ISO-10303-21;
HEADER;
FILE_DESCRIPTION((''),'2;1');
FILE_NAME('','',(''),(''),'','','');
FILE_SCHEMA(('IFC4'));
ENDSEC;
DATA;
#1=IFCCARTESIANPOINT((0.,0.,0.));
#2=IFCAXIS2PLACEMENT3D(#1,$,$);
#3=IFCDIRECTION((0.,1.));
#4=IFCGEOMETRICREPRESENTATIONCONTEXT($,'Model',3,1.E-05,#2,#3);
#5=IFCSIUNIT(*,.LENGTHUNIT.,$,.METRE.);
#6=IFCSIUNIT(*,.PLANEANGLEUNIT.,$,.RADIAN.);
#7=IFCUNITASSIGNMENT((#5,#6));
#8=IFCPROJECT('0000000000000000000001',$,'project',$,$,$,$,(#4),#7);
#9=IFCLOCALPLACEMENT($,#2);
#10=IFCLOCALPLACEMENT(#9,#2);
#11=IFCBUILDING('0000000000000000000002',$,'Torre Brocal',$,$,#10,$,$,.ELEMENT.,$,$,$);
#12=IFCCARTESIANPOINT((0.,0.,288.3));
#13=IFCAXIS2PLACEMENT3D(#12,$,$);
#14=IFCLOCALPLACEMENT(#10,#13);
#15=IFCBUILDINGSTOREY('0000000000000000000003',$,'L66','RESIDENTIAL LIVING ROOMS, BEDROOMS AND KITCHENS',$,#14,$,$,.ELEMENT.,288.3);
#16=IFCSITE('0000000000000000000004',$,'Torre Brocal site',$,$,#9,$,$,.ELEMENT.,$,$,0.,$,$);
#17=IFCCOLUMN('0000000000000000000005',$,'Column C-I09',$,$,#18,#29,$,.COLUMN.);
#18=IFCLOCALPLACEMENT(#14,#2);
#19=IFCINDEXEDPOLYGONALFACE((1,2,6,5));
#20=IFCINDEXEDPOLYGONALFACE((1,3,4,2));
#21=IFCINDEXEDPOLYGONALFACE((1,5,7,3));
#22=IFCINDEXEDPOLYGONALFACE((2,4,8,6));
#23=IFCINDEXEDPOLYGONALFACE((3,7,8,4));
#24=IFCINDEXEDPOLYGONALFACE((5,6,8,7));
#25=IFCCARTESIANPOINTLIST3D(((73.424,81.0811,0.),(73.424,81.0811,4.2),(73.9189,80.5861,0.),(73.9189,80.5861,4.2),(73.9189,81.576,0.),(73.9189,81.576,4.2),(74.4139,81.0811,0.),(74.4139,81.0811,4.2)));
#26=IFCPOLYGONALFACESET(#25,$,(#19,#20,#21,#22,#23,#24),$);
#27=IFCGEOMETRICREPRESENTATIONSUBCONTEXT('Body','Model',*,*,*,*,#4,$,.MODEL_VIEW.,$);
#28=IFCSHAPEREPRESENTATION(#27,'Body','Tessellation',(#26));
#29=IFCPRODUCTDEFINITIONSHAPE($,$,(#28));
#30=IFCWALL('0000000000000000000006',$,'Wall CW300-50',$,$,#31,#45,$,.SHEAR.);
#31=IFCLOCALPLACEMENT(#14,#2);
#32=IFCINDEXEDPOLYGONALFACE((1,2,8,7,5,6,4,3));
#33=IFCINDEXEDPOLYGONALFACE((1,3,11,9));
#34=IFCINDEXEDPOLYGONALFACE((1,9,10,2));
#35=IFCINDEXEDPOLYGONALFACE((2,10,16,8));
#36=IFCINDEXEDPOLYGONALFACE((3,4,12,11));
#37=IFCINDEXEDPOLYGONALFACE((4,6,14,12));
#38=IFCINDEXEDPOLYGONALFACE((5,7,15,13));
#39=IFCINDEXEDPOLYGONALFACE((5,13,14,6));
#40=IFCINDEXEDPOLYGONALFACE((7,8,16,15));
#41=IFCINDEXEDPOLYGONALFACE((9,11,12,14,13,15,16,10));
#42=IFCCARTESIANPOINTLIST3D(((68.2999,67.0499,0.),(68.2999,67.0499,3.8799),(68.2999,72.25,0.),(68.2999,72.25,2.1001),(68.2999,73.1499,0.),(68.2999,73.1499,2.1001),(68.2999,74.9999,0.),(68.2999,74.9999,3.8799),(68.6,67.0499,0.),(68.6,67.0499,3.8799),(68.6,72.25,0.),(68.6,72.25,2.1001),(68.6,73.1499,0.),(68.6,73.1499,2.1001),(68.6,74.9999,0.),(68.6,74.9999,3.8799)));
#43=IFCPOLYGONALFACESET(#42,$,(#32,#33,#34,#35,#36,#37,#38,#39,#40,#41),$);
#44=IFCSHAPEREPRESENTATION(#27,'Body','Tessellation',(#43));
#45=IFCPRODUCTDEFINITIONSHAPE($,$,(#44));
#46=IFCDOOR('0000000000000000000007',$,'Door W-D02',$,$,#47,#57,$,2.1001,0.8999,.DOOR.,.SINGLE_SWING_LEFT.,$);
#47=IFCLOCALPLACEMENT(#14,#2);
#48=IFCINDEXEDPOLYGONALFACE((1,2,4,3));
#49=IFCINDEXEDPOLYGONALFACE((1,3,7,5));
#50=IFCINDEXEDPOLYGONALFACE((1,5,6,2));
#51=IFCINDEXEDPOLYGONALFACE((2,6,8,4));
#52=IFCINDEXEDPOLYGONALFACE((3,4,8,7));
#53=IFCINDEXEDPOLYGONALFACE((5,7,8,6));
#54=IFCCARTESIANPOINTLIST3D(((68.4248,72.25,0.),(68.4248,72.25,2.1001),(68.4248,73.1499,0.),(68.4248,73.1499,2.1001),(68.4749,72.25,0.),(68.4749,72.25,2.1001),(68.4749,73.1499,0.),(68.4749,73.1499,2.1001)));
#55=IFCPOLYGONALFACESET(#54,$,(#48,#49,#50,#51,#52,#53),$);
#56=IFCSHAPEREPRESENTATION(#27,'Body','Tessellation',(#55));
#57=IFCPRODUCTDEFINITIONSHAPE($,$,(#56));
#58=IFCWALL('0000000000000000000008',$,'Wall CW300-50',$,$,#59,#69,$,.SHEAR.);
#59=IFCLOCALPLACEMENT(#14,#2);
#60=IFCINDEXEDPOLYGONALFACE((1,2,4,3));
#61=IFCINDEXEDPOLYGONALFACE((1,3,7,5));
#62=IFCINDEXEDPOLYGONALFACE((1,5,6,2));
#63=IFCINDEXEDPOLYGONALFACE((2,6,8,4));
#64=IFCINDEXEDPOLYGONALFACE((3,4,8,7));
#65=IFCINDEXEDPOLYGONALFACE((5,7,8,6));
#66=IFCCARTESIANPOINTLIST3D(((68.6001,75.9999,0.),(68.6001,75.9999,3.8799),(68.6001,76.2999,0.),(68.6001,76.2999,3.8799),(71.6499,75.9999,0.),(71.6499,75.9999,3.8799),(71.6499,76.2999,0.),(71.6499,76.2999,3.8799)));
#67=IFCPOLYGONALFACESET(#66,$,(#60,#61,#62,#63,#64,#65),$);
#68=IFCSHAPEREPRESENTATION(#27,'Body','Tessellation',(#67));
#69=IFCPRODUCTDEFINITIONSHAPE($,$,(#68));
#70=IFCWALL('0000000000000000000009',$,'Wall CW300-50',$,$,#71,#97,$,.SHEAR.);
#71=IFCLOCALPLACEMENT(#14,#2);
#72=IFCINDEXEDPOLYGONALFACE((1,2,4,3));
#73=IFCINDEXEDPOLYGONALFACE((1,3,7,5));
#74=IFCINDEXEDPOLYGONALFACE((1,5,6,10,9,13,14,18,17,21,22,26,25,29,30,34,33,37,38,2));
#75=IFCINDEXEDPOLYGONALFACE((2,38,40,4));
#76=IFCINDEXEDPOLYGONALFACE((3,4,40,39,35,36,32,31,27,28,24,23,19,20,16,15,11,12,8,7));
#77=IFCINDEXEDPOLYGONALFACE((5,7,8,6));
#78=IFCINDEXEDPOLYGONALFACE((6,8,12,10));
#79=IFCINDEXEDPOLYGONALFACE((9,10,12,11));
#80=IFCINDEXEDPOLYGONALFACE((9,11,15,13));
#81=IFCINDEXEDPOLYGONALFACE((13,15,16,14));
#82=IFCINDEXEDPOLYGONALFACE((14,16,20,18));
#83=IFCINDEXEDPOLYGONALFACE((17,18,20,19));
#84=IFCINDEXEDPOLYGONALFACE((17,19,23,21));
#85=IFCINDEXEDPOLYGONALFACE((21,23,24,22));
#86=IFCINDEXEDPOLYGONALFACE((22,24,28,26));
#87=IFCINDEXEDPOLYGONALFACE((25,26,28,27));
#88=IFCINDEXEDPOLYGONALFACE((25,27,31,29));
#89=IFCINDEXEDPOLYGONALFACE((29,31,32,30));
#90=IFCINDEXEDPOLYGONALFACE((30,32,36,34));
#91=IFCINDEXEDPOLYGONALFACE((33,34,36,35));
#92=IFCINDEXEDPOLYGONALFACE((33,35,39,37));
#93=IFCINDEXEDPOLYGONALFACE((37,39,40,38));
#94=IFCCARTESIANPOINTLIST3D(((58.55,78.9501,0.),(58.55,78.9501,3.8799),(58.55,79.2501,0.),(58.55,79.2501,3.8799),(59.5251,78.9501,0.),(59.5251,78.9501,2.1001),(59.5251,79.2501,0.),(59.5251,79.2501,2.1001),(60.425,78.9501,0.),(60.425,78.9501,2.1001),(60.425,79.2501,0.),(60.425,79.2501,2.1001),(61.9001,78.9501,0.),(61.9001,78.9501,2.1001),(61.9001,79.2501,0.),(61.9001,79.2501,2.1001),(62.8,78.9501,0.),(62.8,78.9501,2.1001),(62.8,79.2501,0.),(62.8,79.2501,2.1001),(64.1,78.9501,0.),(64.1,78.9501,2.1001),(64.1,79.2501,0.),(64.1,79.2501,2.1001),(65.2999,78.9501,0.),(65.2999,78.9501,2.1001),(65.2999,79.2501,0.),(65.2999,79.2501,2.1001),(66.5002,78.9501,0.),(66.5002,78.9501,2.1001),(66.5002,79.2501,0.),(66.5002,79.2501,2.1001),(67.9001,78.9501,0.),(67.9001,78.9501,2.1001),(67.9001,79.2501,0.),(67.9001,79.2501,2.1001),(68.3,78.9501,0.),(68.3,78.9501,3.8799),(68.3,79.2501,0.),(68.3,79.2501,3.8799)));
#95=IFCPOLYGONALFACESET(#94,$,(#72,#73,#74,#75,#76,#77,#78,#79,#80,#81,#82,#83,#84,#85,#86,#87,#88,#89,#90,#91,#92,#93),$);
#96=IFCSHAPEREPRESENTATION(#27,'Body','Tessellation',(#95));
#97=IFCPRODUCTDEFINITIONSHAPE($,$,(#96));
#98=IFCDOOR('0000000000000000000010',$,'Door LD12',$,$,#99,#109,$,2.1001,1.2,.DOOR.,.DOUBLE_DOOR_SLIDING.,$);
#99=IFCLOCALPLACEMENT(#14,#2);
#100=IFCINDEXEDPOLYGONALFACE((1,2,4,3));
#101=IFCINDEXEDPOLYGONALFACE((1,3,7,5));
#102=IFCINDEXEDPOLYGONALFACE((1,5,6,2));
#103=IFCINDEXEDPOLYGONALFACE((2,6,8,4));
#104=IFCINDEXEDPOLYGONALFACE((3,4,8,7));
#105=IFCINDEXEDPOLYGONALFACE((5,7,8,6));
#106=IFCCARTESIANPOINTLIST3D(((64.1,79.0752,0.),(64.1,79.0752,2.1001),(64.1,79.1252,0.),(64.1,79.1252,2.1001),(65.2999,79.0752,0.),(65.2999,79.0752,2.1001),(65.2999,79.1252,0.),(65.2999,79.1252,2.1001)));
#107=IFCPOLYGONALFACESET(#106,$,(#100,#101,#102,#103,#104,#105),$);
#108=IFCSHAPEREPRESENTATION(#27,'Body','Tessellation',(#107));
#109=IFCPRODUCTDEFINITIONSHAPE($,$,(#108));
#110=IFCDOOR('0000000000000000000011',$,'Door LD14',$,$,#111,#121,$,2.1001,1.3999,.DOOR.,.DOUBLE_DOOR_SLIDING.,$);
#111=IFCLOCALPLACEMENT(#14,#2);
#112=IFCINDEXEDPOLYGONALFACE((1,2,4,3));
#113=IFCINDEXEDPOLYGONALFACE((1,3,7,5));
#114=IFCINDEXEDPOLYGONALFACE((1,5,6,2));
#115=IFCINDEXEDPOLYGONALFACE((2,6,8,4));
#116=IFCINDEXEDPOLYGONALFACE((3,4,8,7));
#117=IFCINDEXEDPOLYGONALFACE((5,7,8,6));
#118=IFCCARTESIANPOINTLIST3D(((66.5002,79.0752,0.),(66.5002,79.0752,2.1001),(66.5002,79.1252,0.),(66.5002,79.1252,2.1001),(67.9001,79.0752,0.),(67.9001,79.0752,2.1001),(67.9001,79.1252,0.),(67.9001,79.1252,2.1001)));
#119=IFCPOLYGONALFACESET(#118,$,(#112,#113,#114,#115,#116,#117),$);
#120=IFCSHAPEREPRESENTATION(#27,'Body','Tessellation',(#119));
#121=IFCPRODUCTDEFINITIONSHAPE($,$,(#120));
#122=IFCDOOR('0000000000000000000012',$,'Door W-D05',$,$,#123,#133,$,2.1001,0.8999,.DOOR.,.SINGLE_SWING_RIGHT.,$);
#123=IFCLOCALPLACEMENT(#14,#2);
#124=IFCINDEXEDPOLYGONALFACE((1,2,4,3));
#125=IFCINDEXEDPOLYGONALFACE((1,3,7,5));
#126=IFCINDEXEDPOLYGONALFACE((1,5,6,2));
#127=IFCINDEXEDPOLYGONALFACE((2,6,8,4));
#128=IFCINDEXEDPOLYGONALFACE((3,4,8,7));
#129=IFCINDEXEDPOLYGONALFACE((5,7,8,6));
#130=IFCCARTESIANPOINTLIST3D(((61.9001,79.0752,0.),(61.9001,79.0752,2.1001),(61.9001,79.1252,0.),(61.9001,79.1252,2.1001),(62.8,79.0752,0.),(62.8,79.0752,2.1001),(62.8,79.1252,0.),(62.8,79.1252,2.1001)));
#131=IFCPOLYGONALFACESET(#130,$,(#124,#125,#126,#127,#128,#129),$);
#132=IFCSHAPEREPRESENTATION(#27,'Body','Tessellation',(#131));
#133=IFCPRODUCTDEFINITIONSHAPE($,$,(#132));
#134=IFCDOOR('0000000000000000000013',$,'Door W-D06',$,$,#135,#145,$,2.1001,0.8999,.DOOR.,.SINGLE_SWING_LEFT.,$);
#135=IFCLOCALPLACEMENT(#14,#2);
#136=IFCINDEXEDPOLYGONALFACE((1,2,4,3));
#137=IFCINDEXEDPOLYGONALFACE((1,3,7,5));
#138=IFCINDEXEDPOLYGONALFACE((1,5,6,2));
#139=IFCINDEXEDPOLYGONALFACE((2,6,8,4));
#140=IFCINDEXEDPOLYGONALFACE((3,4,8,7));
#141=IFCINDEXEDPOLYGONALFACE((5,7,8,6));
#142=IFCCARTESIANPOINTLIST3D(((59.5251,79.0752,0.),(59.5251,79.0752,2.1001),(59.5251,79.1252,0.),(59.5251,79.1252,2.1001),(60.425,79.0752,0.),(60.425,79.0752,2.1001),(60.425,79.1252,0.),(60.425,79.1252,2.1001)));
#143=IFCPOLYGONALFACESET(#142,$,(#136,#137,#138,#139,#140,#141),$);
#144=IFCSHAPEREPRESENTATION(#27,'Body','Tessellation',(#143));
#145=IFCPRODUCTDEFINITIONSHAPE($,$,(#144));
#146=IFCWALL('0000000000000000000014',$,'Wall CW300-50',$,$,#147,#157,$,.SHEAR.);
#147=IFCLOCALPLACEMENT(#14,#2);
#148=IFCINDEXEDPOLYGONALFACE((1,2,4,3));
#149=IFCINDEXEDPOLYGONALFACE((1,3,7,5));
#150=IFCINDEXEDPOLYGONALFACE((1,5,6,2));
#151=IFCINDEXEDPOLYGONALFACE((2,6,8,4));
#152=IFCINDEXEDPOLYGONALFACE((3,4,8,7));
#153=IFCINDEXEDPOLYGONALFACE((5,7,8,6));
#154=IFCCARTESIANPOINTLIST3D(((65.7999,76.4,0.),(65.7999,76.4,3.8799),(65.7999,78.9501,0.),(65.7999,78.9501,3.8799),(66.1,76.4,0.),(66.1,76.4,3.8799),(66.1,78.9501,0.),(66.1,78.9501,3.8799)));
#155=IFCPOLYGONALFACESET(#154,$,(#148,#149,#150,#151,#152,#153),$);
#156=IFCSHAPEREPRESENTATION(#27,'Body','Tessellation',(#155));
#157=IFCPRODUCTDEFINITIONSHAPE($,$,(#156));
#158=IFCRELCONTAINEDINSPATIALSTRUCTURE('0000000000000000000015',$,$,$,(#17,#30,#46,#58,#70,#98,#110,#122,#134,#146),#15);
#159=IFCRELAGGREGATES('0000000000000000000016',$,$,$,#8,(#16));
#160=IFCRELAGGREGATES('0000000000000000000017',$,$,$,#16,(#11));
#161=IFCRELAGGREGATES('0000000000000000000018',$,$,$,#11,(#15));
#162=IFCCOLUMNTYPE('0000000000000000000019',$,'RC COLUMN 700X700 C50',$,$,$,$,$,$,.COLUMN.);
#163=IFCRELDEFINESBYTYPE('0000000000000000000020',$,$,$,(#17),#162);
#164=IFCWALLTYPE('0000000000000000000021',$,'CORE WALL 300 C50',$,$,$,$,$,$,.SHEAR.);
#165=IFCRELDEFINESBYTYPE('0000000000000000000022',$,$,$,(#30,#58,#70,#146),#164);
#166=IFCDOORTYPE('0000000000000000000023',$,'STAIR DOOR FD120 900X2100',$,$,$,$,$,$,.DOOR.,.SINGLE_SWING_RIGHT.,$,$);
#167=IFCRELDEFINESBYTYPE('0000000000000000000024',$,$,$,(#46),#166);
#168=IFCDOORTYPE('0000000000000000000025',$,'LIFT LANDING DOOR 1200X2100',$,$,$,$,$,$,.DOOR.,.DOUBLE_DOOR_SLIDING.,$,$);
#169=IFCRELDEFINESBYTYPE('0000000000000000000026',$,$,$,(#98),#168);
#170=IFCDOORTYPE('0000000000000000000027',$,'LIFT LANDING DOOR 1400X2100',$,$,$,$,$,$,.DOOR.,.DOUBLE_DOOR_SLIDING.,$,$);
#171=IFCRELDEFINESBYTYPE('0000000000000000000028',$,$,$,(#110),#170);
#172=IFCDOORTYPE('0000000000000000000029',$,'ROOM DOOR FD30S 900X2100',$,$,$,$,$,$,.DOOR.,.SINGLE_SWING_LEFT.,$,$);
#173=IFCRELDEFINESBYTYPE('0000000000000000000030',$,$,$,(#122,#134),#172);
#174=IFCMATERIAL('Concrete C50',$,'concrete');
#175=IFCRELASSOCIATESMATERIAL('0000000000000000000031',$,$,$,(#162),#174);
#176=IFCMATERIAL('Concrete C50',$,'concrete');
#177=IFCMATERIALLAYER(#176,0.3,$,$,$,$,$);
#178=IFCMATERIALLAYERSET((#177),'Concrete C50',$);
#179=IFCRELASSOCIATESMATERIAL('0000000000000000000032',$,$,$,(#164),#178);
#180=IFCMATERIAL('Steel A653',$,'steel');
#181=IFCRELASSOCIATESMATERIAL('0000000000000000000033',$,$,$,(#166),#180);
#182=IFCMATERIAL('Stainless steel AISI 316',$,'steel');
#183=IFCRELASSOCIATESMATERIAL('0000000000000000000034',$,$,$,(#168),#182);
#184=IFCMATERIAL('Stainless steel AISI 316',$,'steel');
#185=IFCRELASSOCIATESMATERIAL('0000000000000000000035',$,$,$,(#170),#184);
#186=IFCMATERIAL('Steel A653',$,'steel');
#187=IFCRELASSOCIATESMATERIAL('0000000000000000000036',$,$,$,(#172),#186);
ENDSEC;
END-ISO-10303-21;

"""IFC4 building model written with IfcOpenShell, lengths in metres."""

from ifc_helpers import new_model, si_unit, direction, frame, frame_2d, origin, origin_2d, place, context, subcontext, project, spatial, rectangle, extrude, material, layer, layer_set, material_profile, profile_set, type_object, element, fill, save


model = new_model("IFC4")

# Units and contexts
model_context = context("Model", 3, precision=1e-05, world=origin(), true_north=direction((0.0, 1.0)))
body_context = subcontext(model_context, "Body", "Model", "MODEL_VIEW")
ifc_project = project(units=[si_unit("LENGTHUNIT", "METRE"), si_unit("PLANEANGLEUNIT", "RADIAN")], contexts=[model_context])

# Site, building, storey
site_placement = place(None, origin())
site = spatial("IfcSite", under=ifc_project, at=site_placement, Name="Torre Brocal site", CompositionType="ELEMENT", RefElevation=0.0)
building_placement = place(site_placement, origin())
building = spatial("IfcBuilding", under=site, at=building_placement, Name="Torre Brocal", CompositionType="ELEMENT")
storey_placement = place(building_placement, frame((0.0, 0.0, 288.3)))
storey = spatial("IfcBuildingStorey", under=building, at=storey_placement, Name="L66", Description="RESIDENTIAL LIVING ROOMS, BEDROOMS AND KITCHENS", CompositionType="ELEMENT", Elevation=288.3)

# Column
ifc_material_1 = material(Name="Concrete C50", Category="concrete")
ifc_material_profile = material_profile(ifc_material_1, rectangle(XDim=0.7, YDim=0.7, at=origin_2d()), Name="RC 700X700")
ifc_profile_set = profile_set([ifc_material_profile], Name="Concrete C50")
column_type = type_object("IfcColumnType", Name="RC COLUMN 700X700 C50", PredefinedType="COLUMN", material=ifc_profile_set)
column_placement = place(storey_placement, frame((73.9189, 81.0811, 0.0), z_axis=(0.0, 0.0, 1.0), x_axis=(-0.707107, 0.707107, 0.0)))
element("IfcColumn", 1, at=column_placement, inside=storey, type_object=column_type, Name="Column C-I09", PredefinedType="COLUMN", context=body_context, shape_type="SweptSolid", body=[
    extrude(rectangle(XDim=0.7, YDim=0.7, at=origin_2d()), origin(), (0.0, 0.0, 1.0), 4.2),
])

# Wall, opening, door
ifc_material_2 = material(Name="Concrete C50", Category="concrete")
ifc_layer_1 = layer(ifc_material_2, 0.3)
ifc_layer_set_1 = layer_set([ifc_layer_1], Name="Concrete C50")
wall_type_1 = type_object("IfcWallType", Name="CORE WALL 300 C50", PredefinedType="SHEAR", material=ifc_layer_set_1)
wall_1_placement = place(storey_placement, frame((68.45, 75.0, 0.0), z_axis=(0.0, 0.0, 1.0), x_axis=(0.0, -1.0, 0.0)))
wall_1 = element("IfcWall", 2, at=wall_1_placement, inside=storey, type_object=wall_type_1, Name="Wall CW300-50", PredefinedType="SHEAR", context=body_context, shape_type="SweptSolid", body=[
    extrude(rectangle(XDim=7.95, YDim=0.3, at=frame_2d((3.9751, 0.0))), origin(), (0.0, 0.0, 1.0), 3.8799),
])
opening_1_placement = place(wall_1_placement, frame((1.8501, 0.0, 0.0)))
opening_1 = element("IfcOpeningElement", 3, at=opening_1_placement, cuts=wall_1, PredefinedType="OPENING", context=body_context, shape_type="SweptSolid", body=[
    extrude(rectangle(XDim=0.8999, YDim=2.1001, at=frame_2d((0.45, 1.05))), frame((0.0, 0.1599, 0.0), z_axis=(0.0, -1.0, 0.0), x_axis=(1.0, 0.0, 0.0)), (0.0, 0.0, 1.0), 0.3201),
])
ifc_material_3 = material(Name="Steel A653", Category="steel")
door_type_1 = type_object("IfcDoorType", Name="STAIR DOOR FD120 900X2100", OperationType="SINGLE_SWING_RIGHT", PredefinedType="DOOR", material=ifc_material_3)
door_1_placement = place(opening_1_placement, origin())
door_1 = element("IfcDoor", 4, at=door_1_placement, inside=storey, type_object=door_type_1, Name="Door W-D02", OperationType="SINGLE_SWING_LEFT", OverallHeight=2.1001, OverallWidth=0.8999, PredefinedType="DOOR", context=body_context, shape_type="SweptSolid", body=[
    extrude(rectangle(XDim=0.8999, YDim=2.1001, at=frame_2d((0.45, 1.05))), frame((0.0, 0.0249, 0.0), z_axis=(0.0, -1.0, 0.0), x_axis=(1.0, 0.0, 0.0)), (0.0, 0.0, 1.0), 0.05),
])
fill(opening_1, door_1)

# Wall
wall_2_placement = place(storey_placement, frame((71.6499, 76.1499, 0.0), z_axis=(0.0, 0.0, 1.0), x_axis=(-1.0, 0.0, 0.0)))
element("IfcWall", 5, at=wall_2_placement, inside=storey, type_object=wall_type_1, Name="Wall CW300-50", PredefinedType="SHEAR", context=body_context, shape_type="SweptSolid", body=[
    extrude(rectangle(XDim=3.0498, YDim=0.3, at=frame_2d((1.5249, 0.0))), origin(), (0.0, 0.0, 1.0), 3.8799),
])

# Wall, openings, doors
wall_3_placement = place(storey_placement, frame((68.3, 79.1001, 0.0), z_axis=(0.0, 0.0, 1.0), x_axis=(-1.0, 0.0, 0.0)))
wall_3 = element("IfcWall", 6, at=wall_3_placement, inside=storey, type_object=wall_type_1, Name="Wall CW300-50", PredefinedType="SHEAR", context=body_context, shape_type="SweptSolid", body=[
    extrude(rectangle(XDim=9.75, YDim=0.3, at=frame_2d((4.875, 0.0))), origin(), (0.0, 0.0, 1.0), 3.8799),
])
opening_2_placement = place(wall_3_placement, frame((0.3999, 0.0, 0.0)))
opening_2 = element("IfcOpeningElement", 7, at=opening_2_placement, cuts=wall_3, PredefinedType="OPENING", context=body_context, shape_type="SweptSolid", body=[
    extrude(rectangle(XDim=1.3999, YDim=2.1001, at=frame_2d((0.7, 1.05))), frame((0.0, 0.1599, 0.0), z_axis=(0.0, -1.0, 0.0), x_axis=(1.0, 0.0, 0.0)), (0.0, 0.0, 1.0), 0.3201),
])
opening_3_placement = place(wall_3_placement, frame((3.0, 0.0, 0.0)))
opening_3 = element("IfcOpeningElement", 8, at=opening_3_placement, cuts=wall_3, PredefinedType="OPENING", context=body_context, shape_type="SweptSolid", body=[
    extrude(rectangle(XDim=1.2, YDim=2.1001, at=frame_2d((0.6001, 1.05))), frame((0.0, 0.1599, 0.0), z_axis=(0.0, -1.0, 0.0), x_axis=(1.0, 0.0, 0.0)), (0.0, 0.0, 1.0), 0.3201),
])
opening_4_placement = place(wall_3_placement, frame((5.5, 0.0, 0.0)))
opening_4 = element("IfcOpeningElement", 9, at=opening_4_placement, cuts=wall_3, PredefinedType="OPENING", context=body_context, shape_type="SweptSolid", body=[
    extrude(rectangle(XDim=0.8999, YDim=2.1001, at=frame_2d((0.45, 1.05))), frame((0.0, 0.1599, 0.0), z_axis=(0.0, -1.0, 0.0), x_axis=(1.0, 0.0, 0.0)), (0.0, 0.0, 1.0), 0.3201),
])
opening_5_placement = place(wall_3_placement, frame((7.875, 0.0, 0.0)))
opening_5 = element("IfcOpeningElement", 10, at=opening_5_placement, cuts=wall_3, PredefinedType="OPENING", context=body_context, shape_type="SweptSolid", body=[
    extrude(rectangle(XDim=0.8999, YDim=2.1001, at=frame_2d((0.45, 1.05))), frame((0.0, 0.1599, 0.0), z_axis=(0.0, -1.0, 0.0), x_axis=(1.0, 0.0, 0.0)), (0.0, 0.0, 1.0), 0.3201),
])
ifc_material_4 = material(Name="Stainless steel AISI 316", Category="steel")
door_type_2 = type_object("IfcDoorType", Name="LIFT LANDING DOOR 1200X2100", OperationType="DOUBLE_DOOR_SLIDING", PredefinedType="DOOR", material=ifc_material_4)
door_2_placement = place(opening_3_placement, origin())
door_2 = element("IfcDoor", 11, at=door_2_placement, inside=storey, type_object=door_type_2, Name="Door LD12", OperationType="DOUBLE_DOOR_SLIDING", OverallHeight=2.1001, OverallWidth=1.2, PredefinedType="DOOR", context=body_context, shape_type="SweptSolid", body=[
    extrude(rectangle(XDim=1.2, YDim=2.1001, at=frame_2d((0.6001, 1.05))), frame((0.0, 0.0249, 0.0), z_axis=(0.0, -1.0, 0.0), x_axis=(1.0, 0.0, 0.0)), (0.0, 0.0, 1.0), 0.05),
])
fill(opening_3, door_2)
ifc_material_5 = material(Name="Stainless steel AISI 316", Category="steel")
door_type_3 = type_object("IfcDoorType", Name="LIFT LANDING DOOR 1400X2100", OperationType="DOUBLE_DOOR_SLIDING", PredefinedType="DOOR", material=ifc_material_5)
door_3_placement = place(opening_2_placement, origin())
door_3 = element("IfcDoor", 12, at=door_3_placement, inside=storey, type_object=door_type_3, Name="Door LD14", OperationType="DOUBLE_DOOR_SLIDING", OverallHeight=2.1001, OverallWidth=1.3999, PredefinedType="DOOR", context=body_context, shape_type="SweptSolid", body=[
    extrude(rectangle(XDim=1.3999, YDim=2.1001, at=frame_2d((0.7, 1.05))), frame((0.0, 0.0249, 0.0), z_axis=(0.0, -1.0, 0.0), x_axis=(1.0, 0.0, 0.0)), (0.0, 0.0, 1.0), 0.05),
])
fill(opening_2, door_3)
ifc_material_6 = material(Name="Steel A653", Category="steel")
door_type_4 = type_object("IfcDoorType", Name="ROOM DOOR FD30S 900X2100", OperationType="SINGLE_SWING_LEFT", PredefinedType="DOOR", material=ifc_material_6)
door_4_placement = place(opening_4_placement, origin())
door_4 = element("IfcDoor", 13, at=door_4_placement, inside=storey, type_object=door_type_4, Name="Door W-D05", OperationType="SINGLE_SWING_RIGHT", OverallHeight=2.1001, OverallWidth=0.8999, PredefinedType="DOOR", context=body_context, shape_type="SweptSolid", body=[
    extrude(rectangle(XDim=0.8999, YDim=2.1001, at=frame_2d((0.45, 1.05))), frame((0.0, 0.0249, 0.0), z_axis=(0.0, -1.0, 0.0), x_axis=(1.0, 0.0, 0.0)), (0.0, 0.0, 1.0), 0.05),
])
fill(opening_4, door_4)
door_5_placement = place(opening_5_placement, origin())
door_5 = element("IfcDoor", 14, at=door_5_placement, inside=storey, type_object=door_type_4, Name="Door W-D06", OperationType="SINGLE_SWING_LEFT", OverallHeight=2.1001, OverallWidth=0.8999, PredefinedType="DOOR", context=body_context, shape_type="SweptSolid", body=[
    extrude(rectangle(XDim=0.8999, YDim=2.1001, at=frame_2d((0.45, 1.05))), frame((0.0, 0.0249, 0.0), z_axis=(0.0, -1.0, 0.0), x_axis=(1.0, 0.0, 0.0)), (0.0, 0.0, 1.0), 0.05),
])
fill(opening_5, door_5)

# Wall
wall_4_placement = place(storey_placement, frame((65.95, 78.95, 0.0), z_axis=(0.0, 0.0, 1.0), x_axis=(0.0, -1.0, 0.0)))
element("IfcWall", 15, at=wall_4_placement, inside=storey, type_object=wall_type_1, Name="Wall CW300-50", PredefinedType="SHEAR", context=body_context, shape_type="SweptSolid", body=[
    extrude(rectangle(XDim=2.55, YDim=0.3, at=frame_2d((1.2749, 0.0))), origin(), (0.0, 0.0, 1.0), 3.8799),
])

save(model, "model.ifc")
